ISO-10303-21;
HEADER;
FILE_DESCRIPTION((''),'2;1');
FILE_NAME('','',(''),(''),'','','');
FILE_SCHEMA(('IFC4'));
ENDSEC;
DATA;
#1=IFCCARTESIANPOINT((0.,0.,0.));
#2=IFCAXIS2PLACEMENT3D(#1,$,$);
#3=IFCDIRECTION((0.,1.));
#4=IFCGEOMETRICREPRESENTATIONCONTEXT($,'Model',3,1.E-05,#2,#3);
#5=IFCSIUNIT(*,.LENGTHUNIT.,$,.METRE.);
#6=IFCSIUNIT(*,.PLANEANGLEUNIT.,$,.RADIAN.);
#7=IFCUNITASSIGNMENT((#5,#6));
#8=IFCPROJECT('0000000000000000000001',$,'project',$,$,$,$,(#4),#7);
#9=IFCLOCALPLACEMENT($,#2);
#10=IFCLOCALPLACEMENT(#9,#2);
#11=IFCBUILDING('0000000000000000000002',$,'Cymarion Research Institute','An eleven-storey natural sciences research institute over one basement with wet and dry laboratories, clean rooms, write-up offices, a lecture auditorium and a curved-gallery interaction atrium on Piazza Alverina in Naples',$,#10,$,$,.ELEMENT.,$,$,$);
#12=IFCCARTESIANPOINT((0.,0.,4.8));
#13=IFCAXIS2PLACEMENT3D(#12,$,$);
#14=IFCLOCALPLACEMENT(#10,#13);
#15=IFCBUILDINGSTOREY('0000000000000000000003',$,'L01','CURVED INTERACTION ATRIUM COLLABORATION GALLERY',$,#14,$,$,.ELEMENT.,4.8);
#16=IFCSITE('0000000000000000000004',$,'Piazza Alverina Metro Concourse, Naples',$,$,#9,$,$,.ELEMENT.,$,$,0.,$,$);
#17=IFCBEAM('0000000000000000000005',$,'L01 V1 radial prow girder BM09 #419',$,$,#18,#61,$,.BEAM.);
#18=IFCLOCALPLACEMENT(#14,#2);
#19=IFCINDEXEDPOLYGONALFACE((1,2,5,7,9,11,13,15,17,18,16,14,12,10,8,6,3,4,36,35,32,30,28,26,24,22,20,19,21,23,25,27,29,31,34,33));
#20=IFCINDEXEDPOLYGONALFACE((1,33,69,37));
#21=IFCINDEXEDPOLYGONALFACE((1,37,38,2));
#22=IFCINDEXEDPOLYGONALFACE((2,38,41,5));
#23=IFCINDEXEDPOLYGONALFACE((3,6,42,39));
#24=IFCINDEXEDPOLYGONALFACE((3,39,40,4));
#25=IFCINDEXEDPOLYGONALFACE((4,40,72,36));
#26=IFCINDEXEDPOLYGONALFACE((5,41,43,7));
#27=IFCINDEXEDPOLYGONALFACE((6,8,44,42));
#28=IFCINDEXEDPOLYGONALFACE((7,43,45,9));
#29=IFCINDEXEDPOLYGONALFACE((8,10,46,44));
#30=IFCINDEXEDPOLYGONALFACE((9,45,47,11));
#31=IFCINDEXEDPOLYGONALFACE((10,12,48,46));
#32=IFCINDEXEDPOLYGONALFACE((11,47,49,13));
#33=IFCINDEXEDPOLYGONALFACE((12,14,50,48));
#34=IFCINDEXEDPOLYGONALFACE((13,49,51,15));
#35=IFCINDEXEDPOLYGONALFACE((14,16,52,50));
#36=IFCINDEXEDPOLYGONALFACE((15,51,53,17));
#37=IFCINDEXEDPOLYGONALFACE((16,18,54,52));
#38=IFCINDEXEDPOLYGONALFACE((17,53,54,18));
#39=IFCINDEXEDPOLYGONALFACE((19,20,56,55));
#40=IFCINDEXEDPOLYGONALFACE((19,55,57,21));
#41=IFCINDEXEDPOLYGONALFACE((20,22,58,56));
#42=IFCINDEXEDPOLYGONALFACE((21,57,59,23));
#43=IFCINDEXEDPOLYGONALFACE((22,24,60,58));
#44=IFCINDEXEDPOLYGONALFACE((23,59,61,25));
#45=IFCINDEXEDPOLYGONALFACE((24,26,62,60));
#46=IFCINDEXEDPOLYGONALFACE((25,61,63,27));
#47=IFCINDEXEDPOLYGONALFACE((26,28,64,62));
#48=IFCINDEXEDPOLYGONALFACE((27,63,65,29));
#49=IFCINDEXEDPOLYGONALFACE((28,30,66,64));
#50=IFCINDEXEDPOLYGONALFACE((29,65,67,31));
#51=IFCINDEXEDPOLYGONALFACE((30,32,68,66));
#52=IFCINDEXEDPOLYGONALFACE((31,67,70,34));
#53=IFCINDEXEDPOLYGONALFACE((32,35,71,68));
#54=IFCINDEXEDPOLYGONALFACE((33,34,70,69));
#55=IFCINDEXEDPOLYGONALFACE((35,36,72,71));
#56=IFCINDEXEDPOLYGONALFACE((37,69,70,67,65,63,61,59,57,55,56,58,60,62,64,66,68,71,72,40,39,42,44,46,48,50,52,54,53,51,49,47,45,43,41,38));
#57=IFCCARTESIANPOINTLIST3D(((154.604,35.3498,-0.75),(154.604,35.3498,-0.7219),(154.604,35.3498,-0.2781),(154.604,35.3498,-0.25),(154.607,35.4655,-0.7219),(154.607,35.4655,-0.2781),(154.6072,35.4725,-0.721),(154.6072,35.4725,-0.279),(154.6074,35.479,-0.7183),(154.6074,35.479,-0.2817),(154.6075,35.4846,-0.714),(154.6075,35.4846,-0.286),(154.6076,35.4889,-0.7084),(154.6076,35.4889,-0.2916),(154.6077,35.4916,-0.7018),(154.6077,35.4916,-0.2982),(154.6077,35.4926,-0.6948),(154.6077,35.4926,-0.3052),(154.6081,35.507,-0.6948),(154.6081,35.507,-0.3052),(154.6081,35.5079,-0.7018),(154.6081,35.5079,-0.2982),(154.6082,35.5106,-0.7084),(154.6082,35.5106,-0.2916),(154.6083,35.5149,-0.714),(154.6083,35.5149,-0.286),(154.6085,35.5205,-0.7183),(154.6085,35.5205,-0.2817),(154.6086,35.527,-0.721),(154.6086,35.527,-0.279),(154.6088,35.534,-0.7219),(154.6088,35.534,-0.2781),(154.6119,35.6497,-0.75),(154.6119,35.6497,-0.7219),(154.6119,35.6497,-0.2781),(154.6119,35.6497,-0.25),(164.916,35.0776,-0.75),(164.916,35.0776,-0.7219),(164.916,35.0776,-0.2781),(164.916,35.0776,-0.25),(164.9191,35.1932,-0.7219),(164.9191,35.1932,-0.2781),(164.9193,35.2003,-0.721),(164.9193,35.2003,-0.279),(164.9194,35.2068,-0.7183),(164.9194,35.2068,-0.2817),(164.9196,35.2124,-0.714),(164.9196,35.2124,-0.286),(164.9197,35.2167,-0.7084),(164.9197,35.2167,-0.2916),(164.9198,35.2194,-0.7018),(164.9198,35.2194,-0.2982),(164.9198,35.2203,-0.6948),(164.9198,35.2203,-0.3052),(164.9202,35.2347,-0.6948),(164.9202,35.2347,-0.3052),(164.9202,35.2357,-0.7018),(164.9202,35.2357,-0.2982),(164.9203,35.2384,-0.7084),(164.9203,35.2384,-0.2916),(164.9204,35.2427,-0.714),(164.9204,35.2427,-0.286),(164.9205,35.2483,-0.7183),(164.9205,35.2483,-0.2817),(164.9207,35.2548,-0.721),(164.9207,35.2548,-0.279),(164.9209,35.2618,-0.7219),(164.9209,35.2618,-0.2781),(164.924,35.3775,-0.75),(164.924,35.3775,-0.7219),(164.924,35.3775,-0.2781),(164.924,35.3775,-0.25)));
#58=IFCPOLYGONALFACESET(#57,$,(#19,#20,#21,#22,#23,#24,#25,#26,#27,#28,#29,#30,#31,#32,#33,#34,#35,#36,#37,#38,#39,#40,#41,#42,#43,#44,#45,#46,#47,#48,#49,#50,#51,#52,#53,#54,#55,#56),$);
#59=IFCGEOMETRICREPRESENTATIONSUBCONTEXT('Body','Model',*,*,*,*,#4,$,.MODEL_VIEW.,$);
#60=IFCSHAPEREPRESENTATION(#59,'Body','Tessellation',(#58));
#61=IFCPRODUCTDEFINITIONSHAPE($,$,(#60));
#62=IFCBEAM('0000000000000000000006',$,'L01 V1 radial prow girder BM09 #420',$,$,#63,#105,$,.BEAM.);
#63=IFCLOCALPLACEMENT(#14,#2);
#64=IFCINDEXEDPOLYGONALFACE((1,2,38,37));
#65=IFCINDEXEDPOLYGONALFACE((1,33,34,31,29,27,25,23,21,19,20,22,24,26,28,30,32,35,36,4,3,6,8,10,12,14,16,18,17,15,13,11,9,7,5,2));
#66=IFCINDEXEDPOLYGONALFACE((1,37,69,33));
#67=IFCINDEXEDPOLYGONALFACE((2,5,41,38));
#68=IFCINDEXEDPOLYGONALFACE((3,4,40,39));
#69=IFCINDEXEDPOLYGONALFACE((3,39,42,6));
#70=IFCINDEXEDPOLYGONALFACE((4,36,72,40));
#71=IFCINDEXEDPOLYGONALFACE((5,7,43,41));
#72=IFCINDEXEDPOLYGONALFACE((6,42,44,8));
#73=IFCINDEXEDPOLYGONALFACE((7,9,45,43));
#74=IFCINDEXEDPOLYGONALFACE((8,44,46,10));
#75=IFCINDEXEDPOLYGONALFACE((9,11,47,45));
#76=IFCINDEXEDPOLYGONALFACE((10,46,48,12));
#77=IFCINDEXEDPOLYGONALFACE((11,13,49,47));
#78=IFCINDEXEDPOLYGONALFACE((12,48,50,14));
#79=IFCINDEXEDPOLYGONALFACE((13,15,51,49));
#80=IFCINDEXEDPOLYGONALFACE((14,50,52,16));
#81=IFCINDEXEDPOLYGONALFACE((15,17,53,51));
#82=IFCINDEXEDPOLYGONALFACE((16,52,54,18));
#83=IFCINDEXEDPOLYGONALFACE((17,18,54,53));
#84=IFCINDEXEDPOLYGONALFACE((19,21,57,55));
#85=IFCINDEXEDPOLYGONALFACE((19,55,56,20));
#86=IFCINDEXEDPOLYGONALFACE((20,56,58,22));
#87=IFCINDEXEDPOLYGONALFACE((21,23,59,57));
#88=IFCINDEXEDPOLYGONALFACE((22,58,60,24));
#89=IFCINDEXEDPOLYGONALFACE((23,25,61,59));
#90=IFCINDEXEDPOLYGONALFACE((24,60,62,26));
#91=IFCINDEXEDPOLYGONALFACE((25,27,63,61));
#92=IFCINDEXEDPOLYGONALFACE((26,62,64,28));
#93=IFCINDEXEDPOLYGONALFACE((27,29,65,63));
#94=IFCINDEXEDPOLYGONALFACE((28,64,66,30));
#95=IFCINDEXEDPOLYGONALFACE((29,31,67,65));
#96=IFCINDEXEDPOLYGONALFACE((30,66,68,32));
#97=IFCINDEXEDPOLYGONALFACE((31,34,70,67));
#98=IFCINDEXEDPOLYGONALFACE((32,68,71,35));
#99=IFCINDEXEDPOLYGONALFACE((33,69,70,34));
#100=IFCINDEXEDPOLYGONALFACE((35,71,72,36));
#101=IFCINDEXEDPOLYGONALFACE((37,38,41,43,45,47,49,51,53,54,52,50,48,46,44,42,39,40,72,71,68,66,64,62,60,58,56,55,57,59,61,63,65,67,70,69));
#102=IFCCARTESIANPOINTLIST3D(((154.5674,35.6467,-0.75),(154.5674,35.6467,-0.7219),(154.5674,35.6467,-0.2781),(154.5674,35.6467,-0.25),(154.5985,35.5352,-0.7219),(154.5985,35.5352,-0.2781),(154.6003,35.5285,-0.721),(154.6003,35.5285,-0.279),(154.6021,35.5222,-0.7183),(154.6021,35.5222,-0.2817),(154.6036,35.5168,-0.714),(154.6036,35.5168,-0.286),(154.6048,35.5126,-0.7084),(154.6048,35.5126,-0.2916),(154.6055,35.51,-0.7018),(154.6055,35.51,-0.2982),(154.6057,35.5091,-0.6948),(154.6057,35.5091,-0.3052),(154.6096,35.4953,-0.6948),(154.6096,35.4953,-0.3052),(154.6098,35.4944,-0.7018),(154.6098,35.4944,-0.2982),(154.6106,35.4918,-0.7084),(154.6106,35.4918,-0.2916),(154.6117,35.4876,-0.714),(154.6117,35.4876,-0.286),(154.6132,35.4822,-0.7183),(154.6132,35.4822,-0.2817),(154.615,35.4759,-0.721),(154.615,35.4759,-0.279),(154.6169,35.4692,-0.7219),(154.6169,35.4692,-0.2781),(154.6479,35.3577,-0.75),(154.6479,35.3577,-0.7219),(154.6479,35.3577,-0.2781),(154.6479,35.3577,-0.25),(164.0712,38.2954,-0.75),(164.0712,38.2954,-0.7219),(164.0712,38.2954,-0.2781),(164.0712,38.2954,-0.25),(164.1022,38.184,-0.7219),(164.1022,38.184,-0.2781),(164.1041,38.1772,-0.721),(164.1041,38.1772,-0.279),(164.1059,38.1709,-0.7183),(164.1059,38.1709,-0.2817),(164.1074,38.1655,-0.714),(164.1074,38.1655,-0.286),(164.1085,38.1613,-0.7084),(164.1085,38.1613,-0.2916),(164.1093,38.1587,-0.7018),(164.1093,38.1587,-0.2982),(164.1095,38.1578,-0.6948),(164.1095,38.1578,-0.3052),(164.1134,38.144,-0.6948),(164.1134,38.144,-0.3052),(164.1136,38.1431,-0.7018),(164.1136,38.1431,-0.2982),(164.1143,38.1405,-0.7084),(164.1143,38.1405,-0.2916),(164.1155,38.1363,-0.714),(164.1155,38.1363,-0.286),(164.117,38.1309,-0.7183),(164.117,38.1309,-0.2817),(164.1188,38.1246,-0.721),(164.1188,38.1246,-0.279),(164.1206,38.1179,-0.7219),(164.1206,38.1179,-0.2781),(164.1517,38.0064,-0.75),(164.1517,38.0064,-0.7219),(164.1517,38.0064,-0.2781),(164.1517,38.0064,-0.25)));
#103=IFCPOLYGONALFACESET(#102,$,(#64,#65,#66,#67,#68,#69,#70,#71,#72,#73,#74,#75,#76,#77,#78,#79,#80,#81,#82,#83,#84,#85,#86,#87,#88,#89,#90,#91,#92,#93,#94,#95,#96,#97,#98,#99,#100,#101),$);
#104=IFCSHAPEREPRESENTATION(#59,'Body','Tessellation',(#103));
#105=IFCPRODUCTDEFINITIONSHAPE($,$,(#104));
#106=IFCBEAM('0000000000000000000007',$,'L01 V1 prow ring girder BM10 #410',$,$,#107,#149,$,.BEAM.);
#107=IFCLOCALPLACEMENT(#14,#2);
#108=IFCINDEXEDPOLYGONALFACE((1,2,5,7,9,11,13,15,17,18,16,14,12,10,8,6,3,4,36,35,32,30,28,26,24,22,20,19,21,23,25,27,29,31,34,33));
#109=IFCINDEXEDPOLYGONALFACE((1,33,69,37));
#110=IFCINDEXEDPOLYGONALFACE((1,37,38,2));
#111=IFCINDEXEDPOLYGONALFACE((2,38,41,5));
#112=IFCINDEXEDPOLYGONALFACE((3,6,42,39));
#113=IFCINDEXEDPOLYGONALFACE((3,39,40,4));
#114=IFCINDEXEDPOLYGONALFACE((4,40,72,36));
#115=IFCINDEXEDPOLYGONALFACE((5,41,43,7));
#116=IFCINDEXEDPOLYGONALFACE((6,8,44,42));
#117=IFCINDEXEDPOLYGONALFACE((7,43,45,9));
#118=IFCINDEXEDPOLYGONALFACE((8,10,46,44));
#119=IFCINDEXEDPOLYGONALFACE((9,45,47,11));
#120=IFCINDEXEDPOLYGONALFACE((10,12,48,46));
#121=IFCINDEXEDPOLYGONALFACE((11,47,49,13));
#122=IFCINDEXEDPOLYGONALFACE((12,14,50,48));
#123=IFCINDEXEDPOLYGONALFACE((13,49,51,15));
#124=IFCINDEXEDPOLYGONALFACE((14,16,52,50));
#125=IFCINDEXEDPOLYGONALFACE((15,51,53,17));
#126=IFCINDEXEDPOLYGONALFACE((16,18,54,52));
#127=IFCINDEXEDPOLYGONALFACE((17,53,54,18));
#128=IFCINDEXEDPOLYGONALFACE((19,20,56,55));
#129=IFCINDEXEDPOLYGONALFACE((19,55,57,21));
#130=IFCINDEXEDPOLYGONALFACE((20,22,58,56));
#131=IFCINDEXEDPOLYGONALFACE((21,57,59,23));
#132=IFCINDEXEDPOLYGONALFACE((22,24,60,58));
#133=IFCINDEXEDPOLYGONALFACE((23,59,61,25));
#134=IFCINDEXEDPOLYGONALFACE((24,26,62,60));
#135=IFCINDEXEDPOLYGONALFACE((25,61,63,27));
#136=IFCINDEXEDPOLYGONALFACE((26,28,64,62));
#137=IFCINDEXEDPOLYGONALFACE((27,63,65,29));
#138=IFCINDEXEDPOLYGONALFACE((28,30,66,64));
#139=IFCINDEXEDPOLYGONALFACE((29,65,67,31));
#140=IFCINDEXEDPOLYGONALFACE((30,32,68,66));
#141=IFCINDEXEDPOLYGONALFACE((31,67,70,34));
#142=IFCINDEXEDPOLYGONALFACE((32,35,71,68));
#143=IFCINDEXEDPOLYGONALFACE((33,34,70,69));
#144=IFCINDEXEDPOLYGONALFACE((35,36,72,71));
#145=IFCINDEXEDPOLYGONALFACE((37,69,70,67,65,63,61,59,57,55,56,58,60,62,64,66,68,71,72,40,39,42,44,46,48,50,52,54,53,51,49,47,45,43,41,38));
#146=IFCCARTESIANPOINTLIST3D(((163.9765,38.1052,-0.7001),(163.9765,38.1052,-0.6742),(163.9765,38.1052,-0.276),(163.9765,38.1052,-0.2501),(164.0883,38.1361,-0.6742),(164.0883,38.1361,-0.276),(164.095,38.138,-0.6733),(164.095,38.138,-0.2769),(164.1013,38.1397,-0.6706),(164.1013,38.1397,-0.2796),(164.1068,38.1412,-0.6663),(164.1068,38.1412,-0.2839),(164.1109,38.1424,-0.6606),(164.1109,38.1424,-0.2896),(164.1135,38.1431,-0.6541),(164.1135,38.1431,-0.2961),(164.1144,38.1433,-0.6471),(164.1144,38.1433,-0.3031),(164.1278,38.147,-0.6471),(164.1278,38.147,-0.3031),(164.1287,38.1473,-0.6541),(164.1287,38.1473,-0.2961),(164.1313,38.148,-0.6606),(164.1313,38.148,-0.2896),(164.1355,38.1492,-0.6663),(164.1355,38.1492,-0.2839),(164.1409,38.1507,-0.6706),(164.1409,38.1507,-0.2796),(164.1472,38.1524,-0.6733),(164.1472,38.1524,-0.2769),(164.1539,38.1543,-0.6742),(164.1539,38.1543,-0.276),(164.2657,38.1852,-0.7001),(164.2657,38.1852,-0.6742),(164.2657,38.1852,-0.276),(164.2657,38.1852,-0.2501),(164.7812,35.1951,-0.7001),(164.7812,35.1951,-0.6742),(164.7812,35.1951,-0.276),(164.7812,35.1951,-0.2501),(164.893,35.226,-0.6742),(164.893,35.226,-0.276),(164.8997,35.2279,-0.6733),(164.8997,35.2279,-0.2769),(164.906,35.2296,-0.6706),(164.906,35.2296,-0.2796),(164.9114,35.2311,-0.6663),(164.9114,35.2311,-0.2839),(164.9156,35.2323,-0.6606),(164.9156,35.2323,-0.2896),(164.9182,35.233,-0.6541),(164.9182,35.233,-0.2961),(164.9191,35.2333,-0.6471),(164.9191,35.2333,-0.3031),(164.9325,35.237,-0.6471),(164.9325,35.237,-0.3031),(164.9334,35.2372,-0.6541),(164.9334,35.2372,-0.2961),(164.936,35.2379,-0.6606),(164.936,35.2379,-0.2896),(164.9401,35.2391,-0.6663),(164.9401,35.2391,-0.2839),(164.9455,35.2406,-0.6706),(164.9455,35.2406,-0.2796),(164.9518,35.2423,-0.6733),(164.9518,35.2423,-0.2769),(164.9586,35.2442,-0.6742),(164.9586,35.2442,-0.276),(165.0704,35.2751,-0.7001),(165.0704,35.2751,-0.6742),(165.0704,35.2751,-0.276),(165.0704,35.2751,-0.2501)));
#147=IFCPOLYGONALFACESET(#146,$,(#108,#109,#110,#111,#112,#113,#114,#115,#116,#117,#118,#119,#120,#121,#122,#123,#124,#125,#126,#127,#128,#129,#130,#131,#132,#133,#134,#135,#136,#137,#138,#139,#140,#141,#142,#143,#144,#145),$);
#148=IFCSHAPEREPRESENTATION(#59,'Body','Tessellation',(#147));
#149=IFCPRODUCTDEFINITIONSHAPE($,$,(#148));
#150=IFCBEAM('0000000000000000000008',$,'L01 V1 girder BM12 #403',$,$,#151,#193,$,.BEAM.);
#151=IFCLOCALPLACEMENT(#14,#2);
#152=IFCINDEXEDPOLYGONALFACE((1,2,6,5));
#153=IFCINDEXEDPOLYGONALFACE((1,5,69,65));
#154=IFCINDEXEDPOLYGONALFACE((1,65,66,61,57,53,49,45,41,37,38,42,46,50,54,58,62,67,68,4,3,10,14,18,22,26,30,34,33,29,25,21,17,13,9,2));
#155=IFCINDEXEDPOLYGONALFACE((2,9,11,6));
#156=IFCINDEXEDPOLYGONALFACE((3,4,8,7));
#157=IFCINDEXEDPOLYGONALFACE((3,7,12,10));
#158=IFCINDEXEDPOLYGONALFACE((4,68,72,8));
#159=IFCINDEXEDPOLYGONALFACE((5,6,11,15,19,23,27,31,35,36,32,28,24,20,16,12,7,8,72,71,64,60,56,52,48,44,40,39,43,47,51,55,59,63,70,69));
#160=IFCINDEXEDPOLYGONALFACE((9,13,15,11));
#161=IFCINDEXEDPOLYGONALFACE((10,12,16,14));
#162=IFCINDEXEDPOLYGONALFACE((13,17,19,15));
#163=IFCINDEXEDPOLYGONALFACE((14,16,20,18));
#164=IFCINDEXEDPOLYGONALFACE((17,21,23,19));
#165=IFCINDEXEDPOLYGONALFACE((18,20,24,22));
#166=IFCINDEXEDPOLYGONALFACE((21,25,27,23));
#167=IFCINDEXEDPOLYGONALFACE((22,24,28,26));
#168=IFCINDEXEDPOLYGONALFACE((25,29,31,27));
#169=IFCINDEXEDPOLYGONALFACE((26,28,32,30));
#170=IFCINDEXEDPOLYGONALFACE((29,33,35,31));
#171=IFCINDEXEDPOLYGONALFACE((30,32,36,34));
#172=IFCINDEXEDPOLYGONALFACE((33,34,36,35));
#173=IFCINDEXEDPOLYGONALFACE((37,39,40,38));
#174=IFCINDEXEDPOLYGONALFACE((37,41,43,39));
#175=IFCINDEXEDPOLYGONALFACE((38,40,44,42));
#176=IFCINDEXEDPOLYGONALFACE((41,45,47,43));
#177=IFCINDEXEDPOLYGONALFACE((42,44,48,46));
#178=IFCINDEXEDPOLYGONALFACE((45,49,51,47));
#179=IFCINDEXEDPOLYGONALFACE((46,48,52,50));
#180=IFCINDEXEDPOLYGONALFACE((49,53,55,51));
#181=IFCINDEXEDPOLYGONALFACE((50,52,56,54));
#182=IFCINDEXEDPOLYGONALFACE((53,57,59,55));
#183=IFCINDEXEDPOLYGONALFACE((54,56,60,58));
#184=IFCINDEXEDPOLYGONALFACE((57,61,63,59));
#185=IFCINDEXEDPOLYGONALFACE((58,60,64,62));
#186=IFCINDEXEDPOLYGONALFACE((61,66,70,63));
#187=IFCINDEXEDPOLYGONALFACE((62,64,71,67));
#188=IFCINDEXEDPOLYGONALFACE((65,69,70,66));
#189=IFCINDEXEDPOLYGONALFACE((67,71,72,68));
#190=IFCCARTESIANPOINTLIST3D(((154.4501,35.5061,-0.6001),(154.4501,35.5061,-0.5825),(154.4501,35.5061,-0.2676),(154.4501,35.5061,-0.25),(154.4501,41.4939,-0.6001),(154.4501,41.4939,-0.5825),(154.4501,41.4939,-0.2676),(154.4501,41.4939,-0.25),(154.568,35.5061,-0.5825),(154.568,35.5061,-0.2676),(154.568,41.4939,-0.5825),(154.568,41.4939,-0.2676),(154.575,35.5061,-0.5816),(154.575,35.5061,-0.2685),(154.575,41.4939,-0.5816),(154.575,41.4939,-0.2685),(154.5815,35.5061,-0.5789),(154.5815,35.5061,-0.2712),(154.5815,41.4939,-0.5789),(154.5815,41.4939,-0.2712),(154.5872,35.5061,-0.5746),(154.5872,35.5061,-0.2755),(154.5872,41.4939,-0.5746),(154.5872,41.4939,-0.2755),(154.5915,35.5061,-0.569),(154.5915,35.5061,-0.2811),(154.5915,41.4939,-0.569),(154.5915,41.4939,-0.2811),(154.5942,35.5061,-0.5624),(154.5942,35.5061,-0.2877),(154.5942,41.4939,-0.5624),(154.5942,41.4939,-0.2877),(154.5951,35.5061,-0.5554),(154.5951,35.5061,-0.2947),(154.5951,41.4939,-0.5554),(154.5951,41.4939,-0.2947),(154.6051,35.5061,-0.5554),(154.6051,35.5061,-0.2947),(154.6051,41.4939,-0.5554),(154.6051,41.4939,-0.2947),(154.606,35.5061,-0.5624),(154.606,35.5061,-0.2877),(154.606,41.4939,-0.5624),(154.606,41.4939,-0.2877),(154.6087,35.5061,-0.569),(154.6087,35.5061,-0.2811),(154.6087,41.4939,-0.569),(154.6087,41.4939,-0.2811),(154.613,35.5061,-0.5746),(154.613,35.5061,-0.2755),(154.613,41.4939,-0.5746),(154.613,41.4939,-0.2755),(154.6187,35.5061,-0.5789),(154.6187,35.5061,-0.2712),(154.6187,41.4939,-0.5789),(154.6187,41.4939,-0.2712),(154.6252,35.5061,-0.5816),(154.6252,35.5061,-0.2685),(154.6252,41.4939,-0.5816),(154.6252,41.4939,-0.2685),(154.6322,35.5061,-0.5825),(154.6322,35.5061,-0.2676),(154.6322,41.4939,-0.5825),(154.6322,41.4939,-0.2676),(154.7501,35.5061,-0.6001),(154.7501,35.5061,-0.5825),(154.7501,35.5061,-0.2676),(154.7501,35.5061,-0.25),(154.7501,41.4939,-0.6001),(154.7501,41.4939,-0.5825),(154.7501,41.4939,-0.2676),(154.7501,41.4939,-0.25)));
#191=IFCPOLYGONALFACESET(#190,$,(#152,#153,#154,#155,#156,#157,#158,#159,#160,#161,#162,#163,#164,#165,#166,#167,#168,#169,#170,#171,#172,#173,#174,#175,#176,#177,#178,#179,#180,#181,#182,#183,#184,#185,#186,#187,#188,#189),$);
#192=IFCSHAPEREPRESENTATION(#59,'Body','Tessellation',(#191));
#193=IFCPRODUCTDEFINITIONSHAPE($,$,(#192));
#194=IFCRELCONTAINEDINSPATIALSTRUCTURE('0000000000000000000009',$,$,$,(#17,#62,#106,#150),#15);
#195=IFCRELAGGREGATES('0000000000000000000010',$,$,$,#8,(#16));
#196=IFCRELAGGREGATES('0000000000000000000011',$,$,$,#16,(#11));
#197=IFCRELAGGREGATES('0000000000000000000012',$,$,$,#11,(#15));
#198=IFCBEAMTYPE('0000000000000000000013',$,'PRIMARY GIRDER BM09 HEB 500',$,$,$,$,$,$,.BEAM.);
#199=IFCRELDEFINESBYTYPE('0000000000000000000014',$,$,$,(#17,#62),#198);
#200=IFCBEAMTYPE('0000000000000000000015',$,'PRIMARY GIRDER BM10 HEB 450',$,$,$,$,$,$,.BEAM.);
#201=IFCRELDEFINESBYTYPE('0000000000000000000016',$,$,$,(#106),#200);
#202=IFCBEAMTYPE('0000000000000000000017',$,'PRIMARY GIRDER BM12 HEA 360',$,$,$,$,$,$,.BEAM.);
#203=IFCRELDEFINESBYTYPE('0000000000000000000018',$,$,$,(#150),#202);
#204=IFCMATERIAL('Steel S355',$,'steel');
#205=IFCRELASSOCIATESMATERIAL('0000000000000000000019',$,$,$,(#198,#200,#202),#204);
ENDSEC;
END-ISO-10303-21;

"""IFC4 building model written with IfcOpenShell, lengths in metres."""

from ifc_helpers import new_model, si_unit, direction, frame, origin, origin_2d, place, context, subcontext, project, spatial, i_section, extrude, material, material_profile, profile_set, type_object, element, save


model = new_model("IFC4")

# Units and contexts
model_context = context("Model", 3, precision=1e-05, world=origin(), true_north=direction((0.0, 1.0)))
body_context = subcontext(model_context, "Body", "Model", "MODEL_VIEW")
ifc_project = project(units=[si_unit("LENGTHUNIT", "METRE"), si_unit("PLANEANGLEUNIT", "RADIAN")], contexts=[model_context])

# Site, building, storey
site_placement = place(None, origin())
site = spatial("IfcSite", under=ifc_project, at=site_placement, Name="Piazza Alverina Metro Concourse, Naples", CompositionType="ELEMENT", RefElevation=0.0)
building_placement = place(site_placement, origin())
building = spatial("IfcBuilding", under=site, at=building_placement, Name="Cymarion Research Institute", Description="An eleven-storey natural sciences research institute over one basement with wet and dry laboratories, clean rooms, write-up offices, a lecture auditorium and a curved-gallery interaction atrium on Piazza Alverina in Naples", CompositionType="ELEMENT")
storey_placement = place(building_placement, frame((0.0, 0.0, 4.8)))
storey = spatial("IfcBuildingStorey", under=building, at=storey_placement, Name="L01", Description="CURVED INTERACTION ATRIUM COLLABORATION GALLERY", CompositionType="ELEMENT", Elevation=4.8)

# Shared definitions
ifc_material_1 = material(Name="Steel S355", Category="steel")

# Beams
ifc_material_profile_1 = material_profile(ifc_material_1, i_section(OverallWidth=0.3, OverallDepth=0.5, WebThickness=0.0144, FlangeThickness=0.0281, FilletRadius=0.0271, at=origin_2d()), Name="HEB 500")
ifc_profile_set_1 = profile_set([ifc_material_profile_1], Name="Steel S355")
beam_type_1 = type_object("IfcBeamType", Name="PRIMARY GIRDER BM09 HEB 500", PredefinedType="BEAM", material=ifc_profile_set_1)
beam_1_placement = place(storey_placement, frame((154.6079, 35.4998, -0.5), z_axis=(0.999652, -0.026389, 0.0), x_axis=(0.026389, 0.999652, 0.0)))
element("IfcBeam", 1, at=beam_1_placement, inside=storey, type_object=beam_type_1, Name="L01 V1 radial prow girder BM09 #419", PredefinedType="BEAM", context=body_context, shape_type="SweptSolid", body=[
    extrude(i_section(OverallWidth=0.3, OverallDepth=0.5, WebThickness=0.0144, FlangeThickness=0.0281, FilletRadius=0.0271, at=origin_2d()), origin(), (0.0, 0.0, 1.0), 10.3157),
])
beam_2_placement = place(storey_placement, frame((154.6077, 35.5022, -0.5), z_axis=(0.963288, 0.26847, 0.0), x_axis=(-0.26847, 0.963288, 0.0)))
element("IfcBeam", 2, at=beam_2_placement, inside=storey, type_object=beam_type_1, Name="L01 V1 radial prow girder BM09 #420", PredefinedType="BEAM", context=body_context, shape_type="SweptSolid", body=[
    extrude(i_section(OverallWidth=0.3, OverallDepth=0.5, WebThickness=0.0144, FlangeThickness=0.0281, FilletRadius=0.0271, at=origin_2d()), origin(), (0.0, 0.0, 1.0), 9.866),
])
ifc_material_profile_2 = material_profile(ifc_material_1, i_section(OverallWidth=0.3, OverallDepth=0.45, WebThickness=0.0139, FlangeThickness=0.0259, FilletRadius=0.0271, at=origin_2d()), Name="HEB 450")
ifc_profile_set_2 = profile_set([ifc_material_profile_2], Name="Steel S355")
beam_type_2 = type_object("IfcBeamType", Name="PRIMARY GIRDER BM10 HEB 450", PredefinedType="BEAM", material=ifc_profile_set_2)
beam_3_placement = place(storey_placement, frame((164.9258, 35.2351, -0.4751), z_axis=(-0.266509, 0.963832, 0.0), x_axis=(-0.963832, -0.266509, 0.0)))
element("IfcBeam", 3, at=beam_3_placement, inside=storey, type_object=beam_type_2, Name="L01 V1 prow ring girder BM10 #410", PredefinedType="BEAM", context=body_context, shape_type="SweptSolid", body=[
    extrude(i_section(OverallWidth=0.3, OverallDepth=0.45, WebThickness=0.0139, FlangeThickness=0.0259, FilletRadius=0.0271, at=origin_2d()), origin(), (0.0, 0.0, 1.0), 3.0193),
])
ifc_material_profile_3 = material_profile(ifc_material_1, i_section(OverallWidth=0.3, OverallDepth=0.3501, WebThickness=0.01, FlangeThickness=0.0176, FilletRadius=0.0271, at=origin_2d()), Name="HEA 360")
ifc_profile_set_3 = profile_set([ifc_material_profile_3], Name="Steel S355")
beam_type_3 = type_object("IfcBeamType", Name="PRIMARY GIRDER BM12 HEA 360", PredefinedType="BEAM", material=ifc_profile_set_3)
beam_4_placement = place(storey_placement, frame((154.6001, 35.5061, -0.425), z_axis=(0.0, 1.0, 0.0), x_axis=(-1.0, 0.0, 0.0)))
element("IfcBeam", 4, at=beam_4_placement, inside=storey, type_object=beam_type_3, Name="L01 V1 girder BM12 #403", PredefinedType="BEAM", context=body_context, shape_type="SweptSolid", body=[
    extrude(i_section(OverallWidth=0.3, OverallDepth=0.3501, WebThickness=0.01, FlangeThickness=0.0176, FilletRadius=0.0271, at=origin_2d()), origin(), (0.0, 0.0, 1.0), 5.9878),
])

save(model, "model.ifc")
